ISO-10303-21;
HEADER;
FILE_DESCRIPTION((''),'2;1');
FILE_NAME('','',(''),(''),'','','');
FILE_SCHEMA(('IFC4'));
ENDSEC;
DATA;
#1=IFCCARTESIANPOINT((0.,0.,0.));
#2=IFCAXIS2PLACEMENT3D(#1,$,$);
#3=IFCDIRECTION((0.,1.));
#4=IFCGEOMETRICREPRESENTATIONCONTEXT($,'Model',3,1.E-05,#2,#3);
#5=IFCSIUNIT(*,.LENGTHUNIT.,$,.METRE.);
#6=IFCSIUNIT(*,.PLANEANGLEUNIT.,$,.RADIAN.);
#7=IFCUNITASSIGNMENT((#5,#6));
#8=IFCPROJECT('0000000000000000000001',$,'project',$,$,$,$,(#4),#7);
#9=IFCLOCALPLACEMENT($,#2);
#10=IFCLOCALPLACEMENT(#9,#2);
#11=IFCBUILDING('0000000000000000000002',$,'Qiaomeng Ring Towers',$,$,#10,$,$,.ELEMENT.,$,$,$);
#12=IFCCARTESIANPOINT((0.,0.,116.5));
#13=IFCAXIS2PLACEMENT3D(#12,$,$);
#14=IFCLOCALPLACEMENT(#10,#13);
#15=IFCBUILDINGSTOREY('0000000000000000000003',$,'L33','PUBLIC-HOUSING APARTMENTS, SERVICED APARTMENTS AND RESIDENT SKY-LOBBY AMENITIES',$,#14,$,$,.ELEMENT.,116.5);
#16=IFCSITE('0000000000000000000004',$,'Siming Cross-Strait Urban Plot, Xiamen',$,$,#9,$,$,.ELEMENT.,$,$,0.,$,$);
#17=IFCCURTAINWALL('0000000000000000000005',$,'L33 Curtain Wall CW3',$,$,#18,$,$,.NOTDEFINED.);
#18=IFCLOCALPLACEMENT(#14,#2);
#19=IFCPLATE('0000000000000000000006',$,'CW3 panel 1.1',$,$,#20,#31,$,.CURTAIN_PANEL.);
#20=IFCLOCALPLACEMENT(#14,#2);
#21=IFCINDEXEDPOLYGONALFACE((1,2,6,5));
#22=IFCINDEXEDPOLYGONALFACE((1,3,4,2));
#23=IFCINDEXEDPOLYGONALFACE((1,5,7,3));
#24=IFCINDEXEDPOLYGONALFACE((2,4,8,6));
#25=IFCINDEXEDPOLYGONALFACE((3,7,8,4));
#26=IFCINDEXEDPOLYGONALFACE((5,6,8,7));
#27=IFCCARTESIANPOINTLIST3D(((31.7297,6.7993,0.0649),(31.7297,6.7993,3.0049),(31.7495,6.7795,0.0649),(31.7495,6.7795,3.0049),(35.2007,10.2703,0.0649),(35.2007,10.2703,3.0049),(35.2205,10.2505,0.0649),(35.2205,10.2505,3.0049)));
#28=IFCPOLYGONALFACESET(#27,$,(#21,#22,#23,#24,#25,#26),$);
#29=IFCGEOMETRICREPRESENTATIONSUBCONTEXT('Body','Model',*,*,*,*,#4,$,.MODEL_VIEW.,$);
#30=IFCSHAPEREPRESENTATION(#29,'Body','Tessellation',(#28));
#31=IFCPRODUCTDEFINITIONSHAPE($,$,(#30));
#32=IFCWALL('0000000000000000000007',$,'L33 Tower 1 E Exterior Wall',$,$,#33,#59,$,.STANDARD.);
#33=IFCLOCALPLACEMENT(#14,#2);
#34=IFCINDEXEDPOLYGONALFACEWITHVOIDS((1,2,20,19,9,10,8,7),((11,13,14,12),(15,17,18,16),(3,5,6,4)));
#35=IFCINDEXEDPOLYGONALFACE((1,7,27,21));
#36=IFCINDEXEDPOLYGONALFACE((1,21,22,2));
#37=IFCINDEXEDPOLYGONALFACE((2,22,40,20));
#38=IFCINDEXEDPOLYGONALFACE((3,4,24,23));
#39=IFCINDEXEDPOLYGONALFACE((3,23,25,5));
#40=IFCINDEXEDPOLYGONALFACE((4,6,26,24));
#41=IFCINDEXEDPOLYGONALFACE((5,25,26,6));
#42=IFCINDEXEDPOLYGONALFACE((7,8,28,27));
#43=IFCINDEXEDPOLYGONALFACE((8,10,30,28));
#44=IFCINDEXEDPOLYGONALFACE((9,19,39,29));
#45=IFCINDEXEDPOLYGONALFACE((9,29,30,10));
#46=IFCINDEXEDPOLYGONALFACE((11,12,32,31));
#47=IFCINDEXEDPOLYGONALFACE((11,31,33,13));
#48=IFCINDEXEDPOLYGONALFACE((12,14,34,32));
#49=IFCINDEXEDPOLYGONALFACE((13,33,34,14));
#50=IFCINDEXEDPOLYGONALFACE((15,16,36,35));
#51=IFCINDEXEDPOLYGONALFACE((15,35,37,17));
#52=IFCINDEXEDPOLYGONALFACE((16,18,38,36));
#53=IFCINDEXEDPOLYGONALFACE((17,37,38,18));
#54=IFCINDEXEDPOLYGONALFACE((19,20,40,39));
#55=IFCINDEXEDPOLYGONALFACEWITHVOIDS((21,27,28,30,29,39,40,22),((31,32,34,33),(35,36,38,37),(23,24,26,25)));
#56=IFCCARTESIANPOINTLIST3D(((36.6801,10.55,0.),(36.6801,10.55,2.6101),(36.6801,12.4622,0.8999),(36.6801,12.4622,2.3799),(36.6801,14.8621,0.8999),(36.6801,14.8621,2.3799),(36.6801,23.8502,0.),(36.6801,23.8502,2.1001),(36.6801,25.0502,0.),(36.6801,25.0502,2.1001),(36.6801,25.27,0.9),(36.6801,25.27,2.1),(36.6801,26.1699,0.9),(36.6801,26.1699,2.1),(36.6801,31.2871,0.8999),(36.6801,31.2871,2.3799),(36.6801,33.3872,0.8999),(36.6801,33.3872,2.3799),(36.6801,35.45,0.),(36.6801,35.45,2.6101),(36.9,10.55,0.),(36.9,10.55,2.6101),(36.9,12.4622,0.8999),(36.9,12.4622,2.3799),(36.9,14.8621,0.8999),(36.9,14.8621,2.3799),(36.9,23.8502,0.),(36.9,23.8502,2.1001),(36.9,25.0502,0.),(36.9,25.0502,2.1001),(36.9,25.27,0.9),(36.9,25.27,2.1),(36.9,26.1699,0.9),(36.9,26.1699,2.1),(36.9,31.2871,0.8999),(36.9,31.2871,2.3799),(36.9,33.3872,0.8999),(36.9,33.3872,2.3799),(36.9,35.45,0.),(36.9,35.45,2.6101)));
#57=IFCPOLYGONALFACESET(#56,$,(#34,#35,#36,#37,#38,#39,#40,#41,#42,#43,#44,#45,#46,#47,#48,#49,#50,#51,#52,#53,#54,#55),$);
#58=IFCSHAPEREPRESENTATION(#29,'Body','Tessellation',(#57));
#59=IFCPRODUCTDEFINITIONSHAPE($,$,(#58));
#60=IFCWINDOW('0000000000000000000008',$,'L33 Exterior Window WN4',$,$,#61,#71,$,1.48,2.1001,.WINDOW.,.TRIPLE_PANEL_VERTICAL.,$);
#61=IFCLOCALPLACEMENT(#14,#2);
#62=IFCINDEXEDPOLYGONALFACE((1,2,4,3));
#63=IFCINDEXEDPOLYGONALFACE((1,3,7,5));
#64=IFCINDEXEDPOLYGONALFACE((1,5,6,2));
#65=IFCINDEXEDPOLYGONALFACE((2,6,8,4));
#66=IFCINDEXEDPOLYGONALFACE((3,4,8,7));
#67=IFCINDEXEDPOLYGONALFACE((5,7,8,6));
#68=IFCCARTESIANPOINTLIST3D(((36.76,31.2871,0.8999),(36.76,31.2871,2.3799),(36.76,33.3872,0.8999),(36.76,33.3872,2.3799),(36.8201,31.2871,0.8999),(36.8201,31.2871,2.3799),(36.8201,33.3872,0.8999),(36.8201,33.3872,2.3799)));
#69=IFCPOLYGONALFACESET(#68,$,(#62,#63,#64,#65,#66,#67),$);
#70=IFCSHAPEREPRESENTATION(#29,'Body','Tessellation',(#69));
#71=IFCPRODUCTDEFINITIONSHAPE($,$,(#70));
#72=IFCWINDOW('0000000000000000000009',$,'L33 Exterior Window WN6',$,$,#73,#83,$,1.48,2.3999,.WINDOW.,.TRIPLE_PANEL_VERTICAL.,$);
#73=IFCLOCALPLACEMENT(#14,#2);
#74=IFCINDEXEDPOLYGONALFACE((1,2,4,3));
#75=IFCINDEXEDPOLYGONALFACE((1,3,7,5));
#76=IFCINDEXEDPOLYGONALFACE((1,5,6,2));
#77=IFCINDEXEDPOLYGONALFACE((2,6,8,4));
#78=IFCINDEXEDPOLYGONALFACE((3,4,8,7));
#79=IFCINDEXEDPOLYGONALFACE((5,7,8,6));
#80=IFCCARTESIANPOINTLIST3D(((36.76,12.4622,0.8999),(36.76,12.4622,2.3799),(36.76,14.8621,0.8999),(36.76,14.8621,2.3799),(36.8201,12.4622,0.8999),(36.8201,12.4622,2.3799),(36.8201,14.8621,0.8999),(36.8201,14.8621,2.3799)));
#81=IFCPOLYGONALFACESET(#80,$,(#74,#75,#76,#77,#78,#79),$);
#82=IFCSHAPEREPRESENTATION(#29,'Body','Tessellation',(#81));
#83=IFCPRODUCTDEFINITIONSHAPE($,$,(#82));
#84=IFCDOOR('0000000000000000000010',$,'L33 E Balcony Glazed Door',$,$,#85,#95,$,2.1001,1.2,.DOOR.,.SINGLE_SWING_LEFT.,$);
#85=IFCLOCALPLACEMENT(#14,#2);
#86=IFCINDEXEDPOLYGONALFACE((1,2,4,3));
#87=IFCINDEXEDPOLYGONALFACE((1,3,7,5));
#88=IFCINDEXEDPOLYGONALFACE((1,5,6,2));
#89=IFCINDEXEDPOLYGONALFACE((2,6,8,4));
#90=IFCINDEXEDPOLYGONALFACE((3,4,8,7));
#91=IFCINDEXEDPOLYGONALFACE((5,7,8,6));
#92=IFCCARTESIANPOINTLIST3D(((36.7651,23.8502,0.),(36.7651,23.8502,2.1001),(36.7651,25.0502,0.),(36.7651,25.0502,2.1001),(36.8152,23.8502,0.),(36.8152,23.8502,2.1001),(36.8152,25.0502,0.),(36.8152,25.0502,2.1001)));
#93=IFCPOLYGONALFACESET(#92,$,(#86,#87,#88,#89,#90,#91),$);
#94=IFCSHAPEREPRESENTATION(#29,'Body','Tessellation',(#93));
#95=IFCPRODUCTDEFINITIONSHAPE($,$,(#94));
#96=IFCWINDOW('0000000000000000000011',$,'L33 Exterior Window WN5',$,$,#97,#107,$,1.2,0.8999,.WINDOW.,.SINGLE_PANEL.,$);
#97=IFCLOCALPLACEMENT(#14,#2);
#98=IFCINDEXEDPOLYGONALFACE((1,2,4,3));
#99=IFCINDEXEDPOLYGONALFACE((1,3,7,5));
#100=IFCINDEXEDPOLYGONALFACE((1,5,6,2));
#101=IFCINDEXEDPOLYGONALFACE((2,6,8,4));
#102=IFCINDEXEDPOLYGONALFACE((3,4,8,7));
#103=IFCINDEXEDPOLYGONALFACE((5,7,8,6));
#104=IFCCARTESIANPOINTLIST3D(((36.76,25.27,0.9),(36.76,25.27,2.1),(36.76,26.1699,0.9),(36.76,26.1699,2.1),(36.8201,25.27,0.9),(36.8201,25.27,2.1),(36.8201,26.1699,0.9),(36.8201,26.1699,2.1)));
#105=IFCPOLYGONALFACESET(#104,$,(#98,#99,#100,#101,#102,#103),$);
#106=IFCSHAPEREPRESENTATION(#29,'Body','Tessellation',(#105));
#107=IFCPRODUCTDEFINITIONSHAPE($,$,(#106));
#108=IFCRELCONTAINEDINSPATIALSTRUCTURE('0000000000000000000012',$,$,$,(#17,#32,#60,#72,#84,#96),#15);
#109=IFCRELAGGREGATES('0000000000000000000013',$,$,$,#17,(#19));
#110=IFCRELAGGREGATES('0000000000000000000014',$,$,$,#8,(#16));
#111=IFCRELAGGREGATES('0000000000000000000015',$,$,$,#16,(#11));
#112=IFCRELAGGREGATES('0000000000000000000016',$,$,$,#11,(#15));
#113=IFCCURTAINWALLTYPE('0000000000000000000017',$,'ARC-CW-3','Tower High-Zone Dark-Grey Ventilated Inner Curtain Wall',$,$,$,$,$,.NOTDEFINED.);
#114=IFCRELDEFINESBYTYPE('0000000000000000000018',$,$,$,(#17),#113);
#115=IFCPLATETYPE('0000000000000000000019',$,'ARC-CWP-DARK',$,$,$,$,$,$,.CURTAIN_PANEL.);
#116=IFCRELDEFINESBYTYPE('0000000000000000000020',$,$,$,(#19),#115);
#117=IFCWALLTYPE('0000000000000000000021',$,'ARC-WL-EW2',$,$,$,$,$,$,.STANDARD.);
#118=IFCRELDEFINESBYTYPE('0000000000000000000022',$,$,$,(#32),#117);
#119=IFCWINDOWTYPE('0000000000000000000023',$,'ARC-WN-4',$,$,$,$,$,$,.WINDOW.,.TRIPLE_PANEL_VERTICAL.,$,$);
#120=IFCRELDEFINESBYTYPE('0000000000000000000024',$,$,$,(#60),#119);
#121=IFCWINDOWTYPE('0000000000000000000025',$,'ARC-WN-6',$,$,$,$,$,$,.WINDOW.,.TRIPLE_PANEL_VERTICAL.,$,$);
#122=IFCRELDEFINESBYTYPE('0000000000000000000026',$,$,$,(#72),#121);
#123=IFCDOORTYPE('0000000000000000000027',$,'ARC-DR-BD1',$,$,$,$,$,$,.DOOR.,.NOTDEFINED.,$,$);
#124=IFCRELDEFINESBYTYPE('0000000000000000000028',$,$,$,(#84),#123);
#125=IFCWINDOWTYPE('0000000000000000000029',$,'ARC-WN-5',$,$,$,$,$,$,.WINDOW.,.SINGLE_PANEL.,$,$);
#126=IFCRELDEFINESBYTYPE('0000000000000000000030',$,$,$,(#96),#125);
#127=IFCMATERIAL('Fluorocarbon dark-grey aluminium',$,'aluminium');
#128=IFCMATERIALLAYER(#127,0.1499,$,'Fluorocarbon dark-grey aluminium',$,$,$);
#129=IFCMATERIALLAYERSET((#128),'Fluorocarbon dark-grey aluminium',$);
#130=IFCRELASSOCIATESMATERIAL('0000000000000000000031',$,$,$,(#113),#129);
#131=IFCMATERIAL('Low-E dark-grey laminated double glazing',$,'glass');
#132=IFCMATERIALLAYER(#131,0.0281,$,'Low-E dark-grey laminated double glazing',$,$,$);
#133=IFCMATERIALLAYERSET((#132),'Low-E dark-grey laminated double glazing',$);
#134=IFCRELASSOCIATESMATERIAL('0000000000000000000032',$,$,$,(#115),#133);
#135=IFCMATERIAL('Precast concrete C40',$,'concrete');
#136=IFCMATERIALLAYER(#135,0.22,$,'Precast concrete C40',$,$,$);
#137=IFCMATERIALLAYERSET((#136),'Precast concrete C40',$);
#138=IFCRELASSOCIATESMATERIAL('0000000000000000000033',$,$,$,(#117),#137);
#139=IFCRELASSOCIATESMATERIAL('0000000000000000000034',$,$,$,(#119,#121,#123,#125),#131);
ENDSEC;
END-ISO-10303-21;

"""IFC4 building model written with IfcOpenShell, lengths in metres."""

from ifc_helpers import new_model, si_unit, direction, frame, frame_2d, origin, origin_2d, place, context, subcontext, project, spatial, rectangle, extrude, source, transform, mapped, material, layer, layer_set, type_object, element, fill, aggregate, save


model = new_model("IFC4")

# Units and contexts
model_context = context("Model", 3, precision=1e-05, world=origin(), true_north=direction((0.0, 1.0)))
body_context = subcontext(model_context, "Body", "Model", "MODEL_VIEW")
ifc_project = project(units=[si_unit("LENGTHUNIT", "METRE"), si_unit("PLANEANGLEUNIT", "RADIAN")], contexts=[model_context])

# Site, building, storey
site_placement = place(None, origin())
site = spatial("IfcSite", under=ifc_project, at=site_placement, Name="Siming Cross-Strait Urban Plot, Xiamen", CompositionType="ELEMENT", RefElevation=0.0)
building_placement = place(site_placement, origin())
building = spatial("IfcBuilding", under=site, at=building_placement, Name="Qiaomeng Ring Towers", CompositionType="ELEMENT")
storey_placement = place(building_placement, frame((0.0, 0.0, 116.5)))
storey = spatial("IfcBuildingStorey", under=building, at=storey_placement, Name="L33", Description="PUBLIC-HOUSING APARTMENTS, SERVICED APARTMENTS AND RESIDENT SKY-LOBBY AMENITIES", CompositionType="ELEMENT", Elevation=116.5)

# Curtain wall, plate
ifc_material_1 = material(Name="Fluorocarbon dark-grey aluminium", Category="aluminium")
ifc_layer_1 = layer(ifc_material_1, 0.1499, Name="Fluorocarbon dark-grey aluminium")
ifc_layer_set_1 = layer_set([ifc_layer_1], Name="Fluorocarbon dark-grey aluminium")
curtain_wall_type = type_object("IfcCurtainWallType", Name="ARC-CW-3", Description="Tower High-Zone Dark-Grey Ventilated Inner Curtain Wall", PredefinedType="NOTDEFINED", material=ifc_layer_set_1)
curtain_wall_placement = place(storey_placement, origin())
curtain_wall = element("IfcCurtainWall", 1, at=curtain_wall_placement, inside=storey, type_object=curtain_wall_type, Name="L33 Curtain Wall CW3", PredefinedType="NOTDEFINED")
ifc_material_2 = material(Name="Low-E dark-grey laminated double glazing", Category="glass")
ifc_layer_2 = layer(ifc_material_2, 0.0281, Name="Low-E dark-grey laminated double glazing")
ifc_layer_set_2 = layer_set([ifc_layer_2], Name="Low-E dark-grey laminated double glazing")
plate_type = type_object("IfcPlateType", Name="ARC-CWP-DARK", PredefinedType="CURTAIN_PANEL", material=ifc_layer_set_2)
shared_shape_1 = source(origin(), body_context, "Body", "SweptSolid", [
    extrude(rectangle(XDim=4.9087, YDim=0.0281, at=origin_2d()), origin(), (0.0, 0.0, 1.0), 2.9399),
])
plate_placement = place(storey_placement, frame((33.4751, 8.5249, 0.0649), z_axis=(0.0, 0.0, 1.0), x_axis=(0.707107, 0.707107, 0.0)))
plate = element("IfcPlate", 2, at=plate_placement, type_object=plate_type, Name="CW3 panel 1.1", PredefinedType="CURTAIN_PANEL", context=body_context, shape_type="MappedRepresentation", body=[
    mapped(shared_shape_1, transform((0.0, 0.0, 0.0), x_axis=(1.0, 0.0, 0.0), y_axis=(0.0, 1.0, 0.0), z_axis=(0.0, 0.0, 1.0), scale=1.0)),
])
aggregate(curtain_wall, [plate])

# Wall, openings, windows, door
ifc_material_3 = material(Name="Precast concrete C40", Category="concrete")
ifc_layer_3 = layer(ifc_material_3, 0.22, Name="Precast concrete C40")
ifc_layer_set_3 = layer_set([ifc_layer_3], Name="Precast concrete C40")
wall_type_1 = type_object("IfcWallType", Name="ARC-WL-EW2", PredefinedType="STANDARD", material=ifc_layer_set_3)
wall_1_placement = place(storey_placement, frame((36.79, 10.55, 0.0), z_axis=(0.0, 0.0, 1.0), x_axis=(0.0, 1.0, 0.0)))
wall_1 = element("IfcWall", 3, at=wall_1_placement, inside=storey, type_object=wall_type_1, Name="L33 Tower 1 E Exterior Wall", PredefinedType="STANDARD", context=body_context, shape_type="SweptSolid", body=[
    extrude(rectangle(XDim=24.8999, YDim=0.22, at=frame_2d((12.45, 0.0))), origin(), (0.0, 0.0, 1.0), 2.6101),
])
opening_1_placement = place(wall_1_placement, frame((13.3, 0.0, 0.0)))
opening_1 = element("IfcOpeningElement", 4, at=opening_1_placement, cuts=wall_1, PredefinedType="OPENING", context=body_context, shape_type="SweptSolid", body=[
    extrude(rectangle(XDim=1.2, YDim=2.1001, at=frame_2d((0.6001, 1.05))), frame((0.0, 0.1199, 0.0), z_axis=(0.0, -1.0, 0.0), x_axis=(1.0, 0.0, 0.0)), (0.0, 0.0, 1.0), 0.24),
])
opening_2_placement = place(wall_1_placement, frame((1.9121, 0.0, 0.8999)))
opening_2 = element("IfcOpeningElement", 5, at=opening_2_placement, cuts=wall_1, PredefinedType="OPENING", context=body_context, shape_type="SweptSolid", body=[
    extrude(rectangle(XDim=2.3999, YDim=1.48, at=frame_2d((1.2, 0.74))), frame((0.0, 0.1199, 0.0), z_axis=(0.0, -1.0, 0.0), x_axis=(1.0, 0.0, 0.0)), (0.0, 0.0, 1.0), 0.24),
])
opening_3_placement = place(wall_1_placement, frame((20.7371, 0.0, 0.8999)))
opening_3 = element("IfcOpeningElement", 6, at=opening_3_placement, cuts=wall_1, PredefinedType="OPENING", context=body_context, shape_type="SweptSolid", body=[
    extrude(rectangle(XDim=2.1001, YDim=1.48, at=frame_2d((1.05, 0.74))), frame((0.0, 0.1199, 0.0), z_axis=(0.0, -1.0, 0.0), x_axis=(1.0, 0.0, 0.0)), (0.0, 0.0, 1.0), 0.24),
])
opening_4_placement = place(wall_1_placement, frame((14.72, 0.0, 0.8999)))
opening_4 = element("IfcOpeningElement", 7, at=opening_4_placement, cuts=wall_1, PredefinedType="OPENING", context=body_context, shape_type="SweptSolid", body=[
    extrude(rectangle(XDim=0.8999, YDim=1.2, at=frame_2d((0.45, 0.6001))), frame((0.0, 0.1199, 0.0), z_axis=(0.0, -1.0, 0.0), x_axis=(1.0, 0.0, 0.0)), (0.0, 0.0, 1.0), 0.24),
])
window_type_1 = type_object("IfcWindowType", Name="ARC-WN-4", PartitioningType="TRIPLE_PANEL_VERTICAL", PredefinedType="WINDOW", material=ifc_material_2)
shared_shape_2 = source(origin(), body_context, "Body", "SweptSolid", [
    extrude(rectangle(XDim=2.1001, YDim=1.48, at=frame_2d((1.05, 0.74))), frame((0.0, 0.03, 0.0), z_axis=(0.0, -1.0, 0.0), x_axis=(1.0, 0.0, 0.0)), (0.0, 0.0, 1.0), 0.0601),
])
window_1_placement = place(opening_3_placement, origin())
window_1 = element("IfcWindow", 8, at=window_1_placement, inside=storey, type_object=window_type_1, Name="L33 Exterior Window WN4", OverallHeight=1.48, OverallWidth=2.1001, PartitioningType="TRIPLE_PANEL_VERTICAL", PredefinedType="WINDOW", context=body_context, shape_type="MappedRepresentation", body=[
    mapped(shared_shape_2, transform((0.0, 0.0, 0.0), x_axis=(1.0, 0.0, 0.0), y_axis=(0.0, 1.0, 0.0), z_axis=(0.0, 0.0, 1.0), scale=1.0)),
])
fill(opening_3, window_1)
window_type_2 = type_object("IfcWindowType", Name="ARC-WN-6", PartitioningType="TRIPLE_PANEL_VERTICAL", PredefinedType="WINDOW", material=ifc_material_2)
shared_shape_3 = source(origin(), body_context, "Body", "SweptSolid", [
    extrude(rectangle(XDim=2.3999, YDim=1.48, at=frame_2d((1.2, 0.74))), frame((0.0, 0.03, 0.0), z_axis=(0.0, -1.0, 0.0), x_axis=(1.0, 0.0, 0.0)), (0.0, 0.0, 1.0), 0.0601),
])
window_2_placement = place(opening_2_placement, origin())
window_2 = element("IfcWindow", 9, at=window_2_placement, inside=storey, type_object=window_type_2, Name="L33 Exterior Window WN6", OverallHeight=1.48, OverallWidth=2.3999, PartitioningType="TRIPLE_PANEL_VERTICAL", PredefinedType="WINDOW", context=body_context, shape_type="MappedRepresentation", body=[
    mapped(shared_shape_3, transform((0.0, 0.0, 0.0), x_axis=(1.0, 0.0, 0.0), y_axis=(0.0, 1.0, 0.0), z_axis=(0.0, 0.0, 1.0), scale=1.0)),
])
fill(opening_2, window_2)
door_type_1 = type_object("IfcDoorType", Name="ARC-DR-BD1", OperationType="NOTDEFINED", PredefinedType="DOOR", material=ifc_material_2)
shared_shape_4 = source(origin(), body_context, "Body", "SweptSolid", [
    extrude(rectangle(XDim=1.2, YDim=2.1001, at=frame_2d((0.6001, 1.05))), frame((0.0, 0.0249, 0.0), z_axis=(0.0, -1.0, 0.0), x_axis=(1.0, 0.0, 0.0)), (0.0, 0.0, 1.0), 0.05),
])
door_1_placement = place(opening_1_placement, origin())
door_1 = element("IfcDoor", 10, at=door_1_placement, inside=storey, type_object=door_type_1, Name="L33 E Balcony Glazed Door", OperationType="SINGLE_SWING_LEFT", OverallHeight=2.1001, OverallWidth=1.2, PredefinedType="DOOR", context=body_context, shape_type="MappedRepresentation", body=[
    mapped(shared_shape_4, transform((0.0, 0.0, 0.0), x_axis=(1.0, 0.0, 0.0), y_axis=(0.0, 1.0, 0.0), z_axis=(0.0, 0.0, 1.0), scale=1.0)),
])
fill(opening_1, door_1)
window_type_3 = type_object("IfcWindowType", Name="ARC-WN-5", PartitioningType="SINGLE_PANEL", PredefinedType="WINDOW", material=ifc_material_2)
shared_shape_5 = source(origin(), body_context, "Body", "SweptSolid", [
    extrude(rectangle(XDim=0.8999, YDim=1.2, at=frame_2d((0.45, 0.6001))), frame((0.0, 0.03, 0.0), z_axis=(0.0, -1.0, 0.0), x_axis=(1.0, 0.0, 0.0)), (0.0, 0.0, 1.0), 0.0601),
])
window_3_placement = place(opening_4_placement, origin())
window_3 = element("IfcWindow", 11, at=window_3_placement, inside=storey, type_object=window_type_3, Name="L33 Exterior Window WN5", OverallHeight=1.2, OverallWidth=0.8999, PartitioningType="SINGLE_PANEL", PredefinedType="WINDOW", context=body_context, shape_type="MappedRepresentation", body=[
    mapped(shared_shape_5, transform((0.0, 0.0, 0.0), x_axis=(1.0, 0.0, 0.0), y_axis=(0.0, 1.0, 0.0), z_axis=(0.0, 0.0, 1.0), scale=1.0)),
])
fill(opening_4, window_3)

save(model, "model.ifc")
